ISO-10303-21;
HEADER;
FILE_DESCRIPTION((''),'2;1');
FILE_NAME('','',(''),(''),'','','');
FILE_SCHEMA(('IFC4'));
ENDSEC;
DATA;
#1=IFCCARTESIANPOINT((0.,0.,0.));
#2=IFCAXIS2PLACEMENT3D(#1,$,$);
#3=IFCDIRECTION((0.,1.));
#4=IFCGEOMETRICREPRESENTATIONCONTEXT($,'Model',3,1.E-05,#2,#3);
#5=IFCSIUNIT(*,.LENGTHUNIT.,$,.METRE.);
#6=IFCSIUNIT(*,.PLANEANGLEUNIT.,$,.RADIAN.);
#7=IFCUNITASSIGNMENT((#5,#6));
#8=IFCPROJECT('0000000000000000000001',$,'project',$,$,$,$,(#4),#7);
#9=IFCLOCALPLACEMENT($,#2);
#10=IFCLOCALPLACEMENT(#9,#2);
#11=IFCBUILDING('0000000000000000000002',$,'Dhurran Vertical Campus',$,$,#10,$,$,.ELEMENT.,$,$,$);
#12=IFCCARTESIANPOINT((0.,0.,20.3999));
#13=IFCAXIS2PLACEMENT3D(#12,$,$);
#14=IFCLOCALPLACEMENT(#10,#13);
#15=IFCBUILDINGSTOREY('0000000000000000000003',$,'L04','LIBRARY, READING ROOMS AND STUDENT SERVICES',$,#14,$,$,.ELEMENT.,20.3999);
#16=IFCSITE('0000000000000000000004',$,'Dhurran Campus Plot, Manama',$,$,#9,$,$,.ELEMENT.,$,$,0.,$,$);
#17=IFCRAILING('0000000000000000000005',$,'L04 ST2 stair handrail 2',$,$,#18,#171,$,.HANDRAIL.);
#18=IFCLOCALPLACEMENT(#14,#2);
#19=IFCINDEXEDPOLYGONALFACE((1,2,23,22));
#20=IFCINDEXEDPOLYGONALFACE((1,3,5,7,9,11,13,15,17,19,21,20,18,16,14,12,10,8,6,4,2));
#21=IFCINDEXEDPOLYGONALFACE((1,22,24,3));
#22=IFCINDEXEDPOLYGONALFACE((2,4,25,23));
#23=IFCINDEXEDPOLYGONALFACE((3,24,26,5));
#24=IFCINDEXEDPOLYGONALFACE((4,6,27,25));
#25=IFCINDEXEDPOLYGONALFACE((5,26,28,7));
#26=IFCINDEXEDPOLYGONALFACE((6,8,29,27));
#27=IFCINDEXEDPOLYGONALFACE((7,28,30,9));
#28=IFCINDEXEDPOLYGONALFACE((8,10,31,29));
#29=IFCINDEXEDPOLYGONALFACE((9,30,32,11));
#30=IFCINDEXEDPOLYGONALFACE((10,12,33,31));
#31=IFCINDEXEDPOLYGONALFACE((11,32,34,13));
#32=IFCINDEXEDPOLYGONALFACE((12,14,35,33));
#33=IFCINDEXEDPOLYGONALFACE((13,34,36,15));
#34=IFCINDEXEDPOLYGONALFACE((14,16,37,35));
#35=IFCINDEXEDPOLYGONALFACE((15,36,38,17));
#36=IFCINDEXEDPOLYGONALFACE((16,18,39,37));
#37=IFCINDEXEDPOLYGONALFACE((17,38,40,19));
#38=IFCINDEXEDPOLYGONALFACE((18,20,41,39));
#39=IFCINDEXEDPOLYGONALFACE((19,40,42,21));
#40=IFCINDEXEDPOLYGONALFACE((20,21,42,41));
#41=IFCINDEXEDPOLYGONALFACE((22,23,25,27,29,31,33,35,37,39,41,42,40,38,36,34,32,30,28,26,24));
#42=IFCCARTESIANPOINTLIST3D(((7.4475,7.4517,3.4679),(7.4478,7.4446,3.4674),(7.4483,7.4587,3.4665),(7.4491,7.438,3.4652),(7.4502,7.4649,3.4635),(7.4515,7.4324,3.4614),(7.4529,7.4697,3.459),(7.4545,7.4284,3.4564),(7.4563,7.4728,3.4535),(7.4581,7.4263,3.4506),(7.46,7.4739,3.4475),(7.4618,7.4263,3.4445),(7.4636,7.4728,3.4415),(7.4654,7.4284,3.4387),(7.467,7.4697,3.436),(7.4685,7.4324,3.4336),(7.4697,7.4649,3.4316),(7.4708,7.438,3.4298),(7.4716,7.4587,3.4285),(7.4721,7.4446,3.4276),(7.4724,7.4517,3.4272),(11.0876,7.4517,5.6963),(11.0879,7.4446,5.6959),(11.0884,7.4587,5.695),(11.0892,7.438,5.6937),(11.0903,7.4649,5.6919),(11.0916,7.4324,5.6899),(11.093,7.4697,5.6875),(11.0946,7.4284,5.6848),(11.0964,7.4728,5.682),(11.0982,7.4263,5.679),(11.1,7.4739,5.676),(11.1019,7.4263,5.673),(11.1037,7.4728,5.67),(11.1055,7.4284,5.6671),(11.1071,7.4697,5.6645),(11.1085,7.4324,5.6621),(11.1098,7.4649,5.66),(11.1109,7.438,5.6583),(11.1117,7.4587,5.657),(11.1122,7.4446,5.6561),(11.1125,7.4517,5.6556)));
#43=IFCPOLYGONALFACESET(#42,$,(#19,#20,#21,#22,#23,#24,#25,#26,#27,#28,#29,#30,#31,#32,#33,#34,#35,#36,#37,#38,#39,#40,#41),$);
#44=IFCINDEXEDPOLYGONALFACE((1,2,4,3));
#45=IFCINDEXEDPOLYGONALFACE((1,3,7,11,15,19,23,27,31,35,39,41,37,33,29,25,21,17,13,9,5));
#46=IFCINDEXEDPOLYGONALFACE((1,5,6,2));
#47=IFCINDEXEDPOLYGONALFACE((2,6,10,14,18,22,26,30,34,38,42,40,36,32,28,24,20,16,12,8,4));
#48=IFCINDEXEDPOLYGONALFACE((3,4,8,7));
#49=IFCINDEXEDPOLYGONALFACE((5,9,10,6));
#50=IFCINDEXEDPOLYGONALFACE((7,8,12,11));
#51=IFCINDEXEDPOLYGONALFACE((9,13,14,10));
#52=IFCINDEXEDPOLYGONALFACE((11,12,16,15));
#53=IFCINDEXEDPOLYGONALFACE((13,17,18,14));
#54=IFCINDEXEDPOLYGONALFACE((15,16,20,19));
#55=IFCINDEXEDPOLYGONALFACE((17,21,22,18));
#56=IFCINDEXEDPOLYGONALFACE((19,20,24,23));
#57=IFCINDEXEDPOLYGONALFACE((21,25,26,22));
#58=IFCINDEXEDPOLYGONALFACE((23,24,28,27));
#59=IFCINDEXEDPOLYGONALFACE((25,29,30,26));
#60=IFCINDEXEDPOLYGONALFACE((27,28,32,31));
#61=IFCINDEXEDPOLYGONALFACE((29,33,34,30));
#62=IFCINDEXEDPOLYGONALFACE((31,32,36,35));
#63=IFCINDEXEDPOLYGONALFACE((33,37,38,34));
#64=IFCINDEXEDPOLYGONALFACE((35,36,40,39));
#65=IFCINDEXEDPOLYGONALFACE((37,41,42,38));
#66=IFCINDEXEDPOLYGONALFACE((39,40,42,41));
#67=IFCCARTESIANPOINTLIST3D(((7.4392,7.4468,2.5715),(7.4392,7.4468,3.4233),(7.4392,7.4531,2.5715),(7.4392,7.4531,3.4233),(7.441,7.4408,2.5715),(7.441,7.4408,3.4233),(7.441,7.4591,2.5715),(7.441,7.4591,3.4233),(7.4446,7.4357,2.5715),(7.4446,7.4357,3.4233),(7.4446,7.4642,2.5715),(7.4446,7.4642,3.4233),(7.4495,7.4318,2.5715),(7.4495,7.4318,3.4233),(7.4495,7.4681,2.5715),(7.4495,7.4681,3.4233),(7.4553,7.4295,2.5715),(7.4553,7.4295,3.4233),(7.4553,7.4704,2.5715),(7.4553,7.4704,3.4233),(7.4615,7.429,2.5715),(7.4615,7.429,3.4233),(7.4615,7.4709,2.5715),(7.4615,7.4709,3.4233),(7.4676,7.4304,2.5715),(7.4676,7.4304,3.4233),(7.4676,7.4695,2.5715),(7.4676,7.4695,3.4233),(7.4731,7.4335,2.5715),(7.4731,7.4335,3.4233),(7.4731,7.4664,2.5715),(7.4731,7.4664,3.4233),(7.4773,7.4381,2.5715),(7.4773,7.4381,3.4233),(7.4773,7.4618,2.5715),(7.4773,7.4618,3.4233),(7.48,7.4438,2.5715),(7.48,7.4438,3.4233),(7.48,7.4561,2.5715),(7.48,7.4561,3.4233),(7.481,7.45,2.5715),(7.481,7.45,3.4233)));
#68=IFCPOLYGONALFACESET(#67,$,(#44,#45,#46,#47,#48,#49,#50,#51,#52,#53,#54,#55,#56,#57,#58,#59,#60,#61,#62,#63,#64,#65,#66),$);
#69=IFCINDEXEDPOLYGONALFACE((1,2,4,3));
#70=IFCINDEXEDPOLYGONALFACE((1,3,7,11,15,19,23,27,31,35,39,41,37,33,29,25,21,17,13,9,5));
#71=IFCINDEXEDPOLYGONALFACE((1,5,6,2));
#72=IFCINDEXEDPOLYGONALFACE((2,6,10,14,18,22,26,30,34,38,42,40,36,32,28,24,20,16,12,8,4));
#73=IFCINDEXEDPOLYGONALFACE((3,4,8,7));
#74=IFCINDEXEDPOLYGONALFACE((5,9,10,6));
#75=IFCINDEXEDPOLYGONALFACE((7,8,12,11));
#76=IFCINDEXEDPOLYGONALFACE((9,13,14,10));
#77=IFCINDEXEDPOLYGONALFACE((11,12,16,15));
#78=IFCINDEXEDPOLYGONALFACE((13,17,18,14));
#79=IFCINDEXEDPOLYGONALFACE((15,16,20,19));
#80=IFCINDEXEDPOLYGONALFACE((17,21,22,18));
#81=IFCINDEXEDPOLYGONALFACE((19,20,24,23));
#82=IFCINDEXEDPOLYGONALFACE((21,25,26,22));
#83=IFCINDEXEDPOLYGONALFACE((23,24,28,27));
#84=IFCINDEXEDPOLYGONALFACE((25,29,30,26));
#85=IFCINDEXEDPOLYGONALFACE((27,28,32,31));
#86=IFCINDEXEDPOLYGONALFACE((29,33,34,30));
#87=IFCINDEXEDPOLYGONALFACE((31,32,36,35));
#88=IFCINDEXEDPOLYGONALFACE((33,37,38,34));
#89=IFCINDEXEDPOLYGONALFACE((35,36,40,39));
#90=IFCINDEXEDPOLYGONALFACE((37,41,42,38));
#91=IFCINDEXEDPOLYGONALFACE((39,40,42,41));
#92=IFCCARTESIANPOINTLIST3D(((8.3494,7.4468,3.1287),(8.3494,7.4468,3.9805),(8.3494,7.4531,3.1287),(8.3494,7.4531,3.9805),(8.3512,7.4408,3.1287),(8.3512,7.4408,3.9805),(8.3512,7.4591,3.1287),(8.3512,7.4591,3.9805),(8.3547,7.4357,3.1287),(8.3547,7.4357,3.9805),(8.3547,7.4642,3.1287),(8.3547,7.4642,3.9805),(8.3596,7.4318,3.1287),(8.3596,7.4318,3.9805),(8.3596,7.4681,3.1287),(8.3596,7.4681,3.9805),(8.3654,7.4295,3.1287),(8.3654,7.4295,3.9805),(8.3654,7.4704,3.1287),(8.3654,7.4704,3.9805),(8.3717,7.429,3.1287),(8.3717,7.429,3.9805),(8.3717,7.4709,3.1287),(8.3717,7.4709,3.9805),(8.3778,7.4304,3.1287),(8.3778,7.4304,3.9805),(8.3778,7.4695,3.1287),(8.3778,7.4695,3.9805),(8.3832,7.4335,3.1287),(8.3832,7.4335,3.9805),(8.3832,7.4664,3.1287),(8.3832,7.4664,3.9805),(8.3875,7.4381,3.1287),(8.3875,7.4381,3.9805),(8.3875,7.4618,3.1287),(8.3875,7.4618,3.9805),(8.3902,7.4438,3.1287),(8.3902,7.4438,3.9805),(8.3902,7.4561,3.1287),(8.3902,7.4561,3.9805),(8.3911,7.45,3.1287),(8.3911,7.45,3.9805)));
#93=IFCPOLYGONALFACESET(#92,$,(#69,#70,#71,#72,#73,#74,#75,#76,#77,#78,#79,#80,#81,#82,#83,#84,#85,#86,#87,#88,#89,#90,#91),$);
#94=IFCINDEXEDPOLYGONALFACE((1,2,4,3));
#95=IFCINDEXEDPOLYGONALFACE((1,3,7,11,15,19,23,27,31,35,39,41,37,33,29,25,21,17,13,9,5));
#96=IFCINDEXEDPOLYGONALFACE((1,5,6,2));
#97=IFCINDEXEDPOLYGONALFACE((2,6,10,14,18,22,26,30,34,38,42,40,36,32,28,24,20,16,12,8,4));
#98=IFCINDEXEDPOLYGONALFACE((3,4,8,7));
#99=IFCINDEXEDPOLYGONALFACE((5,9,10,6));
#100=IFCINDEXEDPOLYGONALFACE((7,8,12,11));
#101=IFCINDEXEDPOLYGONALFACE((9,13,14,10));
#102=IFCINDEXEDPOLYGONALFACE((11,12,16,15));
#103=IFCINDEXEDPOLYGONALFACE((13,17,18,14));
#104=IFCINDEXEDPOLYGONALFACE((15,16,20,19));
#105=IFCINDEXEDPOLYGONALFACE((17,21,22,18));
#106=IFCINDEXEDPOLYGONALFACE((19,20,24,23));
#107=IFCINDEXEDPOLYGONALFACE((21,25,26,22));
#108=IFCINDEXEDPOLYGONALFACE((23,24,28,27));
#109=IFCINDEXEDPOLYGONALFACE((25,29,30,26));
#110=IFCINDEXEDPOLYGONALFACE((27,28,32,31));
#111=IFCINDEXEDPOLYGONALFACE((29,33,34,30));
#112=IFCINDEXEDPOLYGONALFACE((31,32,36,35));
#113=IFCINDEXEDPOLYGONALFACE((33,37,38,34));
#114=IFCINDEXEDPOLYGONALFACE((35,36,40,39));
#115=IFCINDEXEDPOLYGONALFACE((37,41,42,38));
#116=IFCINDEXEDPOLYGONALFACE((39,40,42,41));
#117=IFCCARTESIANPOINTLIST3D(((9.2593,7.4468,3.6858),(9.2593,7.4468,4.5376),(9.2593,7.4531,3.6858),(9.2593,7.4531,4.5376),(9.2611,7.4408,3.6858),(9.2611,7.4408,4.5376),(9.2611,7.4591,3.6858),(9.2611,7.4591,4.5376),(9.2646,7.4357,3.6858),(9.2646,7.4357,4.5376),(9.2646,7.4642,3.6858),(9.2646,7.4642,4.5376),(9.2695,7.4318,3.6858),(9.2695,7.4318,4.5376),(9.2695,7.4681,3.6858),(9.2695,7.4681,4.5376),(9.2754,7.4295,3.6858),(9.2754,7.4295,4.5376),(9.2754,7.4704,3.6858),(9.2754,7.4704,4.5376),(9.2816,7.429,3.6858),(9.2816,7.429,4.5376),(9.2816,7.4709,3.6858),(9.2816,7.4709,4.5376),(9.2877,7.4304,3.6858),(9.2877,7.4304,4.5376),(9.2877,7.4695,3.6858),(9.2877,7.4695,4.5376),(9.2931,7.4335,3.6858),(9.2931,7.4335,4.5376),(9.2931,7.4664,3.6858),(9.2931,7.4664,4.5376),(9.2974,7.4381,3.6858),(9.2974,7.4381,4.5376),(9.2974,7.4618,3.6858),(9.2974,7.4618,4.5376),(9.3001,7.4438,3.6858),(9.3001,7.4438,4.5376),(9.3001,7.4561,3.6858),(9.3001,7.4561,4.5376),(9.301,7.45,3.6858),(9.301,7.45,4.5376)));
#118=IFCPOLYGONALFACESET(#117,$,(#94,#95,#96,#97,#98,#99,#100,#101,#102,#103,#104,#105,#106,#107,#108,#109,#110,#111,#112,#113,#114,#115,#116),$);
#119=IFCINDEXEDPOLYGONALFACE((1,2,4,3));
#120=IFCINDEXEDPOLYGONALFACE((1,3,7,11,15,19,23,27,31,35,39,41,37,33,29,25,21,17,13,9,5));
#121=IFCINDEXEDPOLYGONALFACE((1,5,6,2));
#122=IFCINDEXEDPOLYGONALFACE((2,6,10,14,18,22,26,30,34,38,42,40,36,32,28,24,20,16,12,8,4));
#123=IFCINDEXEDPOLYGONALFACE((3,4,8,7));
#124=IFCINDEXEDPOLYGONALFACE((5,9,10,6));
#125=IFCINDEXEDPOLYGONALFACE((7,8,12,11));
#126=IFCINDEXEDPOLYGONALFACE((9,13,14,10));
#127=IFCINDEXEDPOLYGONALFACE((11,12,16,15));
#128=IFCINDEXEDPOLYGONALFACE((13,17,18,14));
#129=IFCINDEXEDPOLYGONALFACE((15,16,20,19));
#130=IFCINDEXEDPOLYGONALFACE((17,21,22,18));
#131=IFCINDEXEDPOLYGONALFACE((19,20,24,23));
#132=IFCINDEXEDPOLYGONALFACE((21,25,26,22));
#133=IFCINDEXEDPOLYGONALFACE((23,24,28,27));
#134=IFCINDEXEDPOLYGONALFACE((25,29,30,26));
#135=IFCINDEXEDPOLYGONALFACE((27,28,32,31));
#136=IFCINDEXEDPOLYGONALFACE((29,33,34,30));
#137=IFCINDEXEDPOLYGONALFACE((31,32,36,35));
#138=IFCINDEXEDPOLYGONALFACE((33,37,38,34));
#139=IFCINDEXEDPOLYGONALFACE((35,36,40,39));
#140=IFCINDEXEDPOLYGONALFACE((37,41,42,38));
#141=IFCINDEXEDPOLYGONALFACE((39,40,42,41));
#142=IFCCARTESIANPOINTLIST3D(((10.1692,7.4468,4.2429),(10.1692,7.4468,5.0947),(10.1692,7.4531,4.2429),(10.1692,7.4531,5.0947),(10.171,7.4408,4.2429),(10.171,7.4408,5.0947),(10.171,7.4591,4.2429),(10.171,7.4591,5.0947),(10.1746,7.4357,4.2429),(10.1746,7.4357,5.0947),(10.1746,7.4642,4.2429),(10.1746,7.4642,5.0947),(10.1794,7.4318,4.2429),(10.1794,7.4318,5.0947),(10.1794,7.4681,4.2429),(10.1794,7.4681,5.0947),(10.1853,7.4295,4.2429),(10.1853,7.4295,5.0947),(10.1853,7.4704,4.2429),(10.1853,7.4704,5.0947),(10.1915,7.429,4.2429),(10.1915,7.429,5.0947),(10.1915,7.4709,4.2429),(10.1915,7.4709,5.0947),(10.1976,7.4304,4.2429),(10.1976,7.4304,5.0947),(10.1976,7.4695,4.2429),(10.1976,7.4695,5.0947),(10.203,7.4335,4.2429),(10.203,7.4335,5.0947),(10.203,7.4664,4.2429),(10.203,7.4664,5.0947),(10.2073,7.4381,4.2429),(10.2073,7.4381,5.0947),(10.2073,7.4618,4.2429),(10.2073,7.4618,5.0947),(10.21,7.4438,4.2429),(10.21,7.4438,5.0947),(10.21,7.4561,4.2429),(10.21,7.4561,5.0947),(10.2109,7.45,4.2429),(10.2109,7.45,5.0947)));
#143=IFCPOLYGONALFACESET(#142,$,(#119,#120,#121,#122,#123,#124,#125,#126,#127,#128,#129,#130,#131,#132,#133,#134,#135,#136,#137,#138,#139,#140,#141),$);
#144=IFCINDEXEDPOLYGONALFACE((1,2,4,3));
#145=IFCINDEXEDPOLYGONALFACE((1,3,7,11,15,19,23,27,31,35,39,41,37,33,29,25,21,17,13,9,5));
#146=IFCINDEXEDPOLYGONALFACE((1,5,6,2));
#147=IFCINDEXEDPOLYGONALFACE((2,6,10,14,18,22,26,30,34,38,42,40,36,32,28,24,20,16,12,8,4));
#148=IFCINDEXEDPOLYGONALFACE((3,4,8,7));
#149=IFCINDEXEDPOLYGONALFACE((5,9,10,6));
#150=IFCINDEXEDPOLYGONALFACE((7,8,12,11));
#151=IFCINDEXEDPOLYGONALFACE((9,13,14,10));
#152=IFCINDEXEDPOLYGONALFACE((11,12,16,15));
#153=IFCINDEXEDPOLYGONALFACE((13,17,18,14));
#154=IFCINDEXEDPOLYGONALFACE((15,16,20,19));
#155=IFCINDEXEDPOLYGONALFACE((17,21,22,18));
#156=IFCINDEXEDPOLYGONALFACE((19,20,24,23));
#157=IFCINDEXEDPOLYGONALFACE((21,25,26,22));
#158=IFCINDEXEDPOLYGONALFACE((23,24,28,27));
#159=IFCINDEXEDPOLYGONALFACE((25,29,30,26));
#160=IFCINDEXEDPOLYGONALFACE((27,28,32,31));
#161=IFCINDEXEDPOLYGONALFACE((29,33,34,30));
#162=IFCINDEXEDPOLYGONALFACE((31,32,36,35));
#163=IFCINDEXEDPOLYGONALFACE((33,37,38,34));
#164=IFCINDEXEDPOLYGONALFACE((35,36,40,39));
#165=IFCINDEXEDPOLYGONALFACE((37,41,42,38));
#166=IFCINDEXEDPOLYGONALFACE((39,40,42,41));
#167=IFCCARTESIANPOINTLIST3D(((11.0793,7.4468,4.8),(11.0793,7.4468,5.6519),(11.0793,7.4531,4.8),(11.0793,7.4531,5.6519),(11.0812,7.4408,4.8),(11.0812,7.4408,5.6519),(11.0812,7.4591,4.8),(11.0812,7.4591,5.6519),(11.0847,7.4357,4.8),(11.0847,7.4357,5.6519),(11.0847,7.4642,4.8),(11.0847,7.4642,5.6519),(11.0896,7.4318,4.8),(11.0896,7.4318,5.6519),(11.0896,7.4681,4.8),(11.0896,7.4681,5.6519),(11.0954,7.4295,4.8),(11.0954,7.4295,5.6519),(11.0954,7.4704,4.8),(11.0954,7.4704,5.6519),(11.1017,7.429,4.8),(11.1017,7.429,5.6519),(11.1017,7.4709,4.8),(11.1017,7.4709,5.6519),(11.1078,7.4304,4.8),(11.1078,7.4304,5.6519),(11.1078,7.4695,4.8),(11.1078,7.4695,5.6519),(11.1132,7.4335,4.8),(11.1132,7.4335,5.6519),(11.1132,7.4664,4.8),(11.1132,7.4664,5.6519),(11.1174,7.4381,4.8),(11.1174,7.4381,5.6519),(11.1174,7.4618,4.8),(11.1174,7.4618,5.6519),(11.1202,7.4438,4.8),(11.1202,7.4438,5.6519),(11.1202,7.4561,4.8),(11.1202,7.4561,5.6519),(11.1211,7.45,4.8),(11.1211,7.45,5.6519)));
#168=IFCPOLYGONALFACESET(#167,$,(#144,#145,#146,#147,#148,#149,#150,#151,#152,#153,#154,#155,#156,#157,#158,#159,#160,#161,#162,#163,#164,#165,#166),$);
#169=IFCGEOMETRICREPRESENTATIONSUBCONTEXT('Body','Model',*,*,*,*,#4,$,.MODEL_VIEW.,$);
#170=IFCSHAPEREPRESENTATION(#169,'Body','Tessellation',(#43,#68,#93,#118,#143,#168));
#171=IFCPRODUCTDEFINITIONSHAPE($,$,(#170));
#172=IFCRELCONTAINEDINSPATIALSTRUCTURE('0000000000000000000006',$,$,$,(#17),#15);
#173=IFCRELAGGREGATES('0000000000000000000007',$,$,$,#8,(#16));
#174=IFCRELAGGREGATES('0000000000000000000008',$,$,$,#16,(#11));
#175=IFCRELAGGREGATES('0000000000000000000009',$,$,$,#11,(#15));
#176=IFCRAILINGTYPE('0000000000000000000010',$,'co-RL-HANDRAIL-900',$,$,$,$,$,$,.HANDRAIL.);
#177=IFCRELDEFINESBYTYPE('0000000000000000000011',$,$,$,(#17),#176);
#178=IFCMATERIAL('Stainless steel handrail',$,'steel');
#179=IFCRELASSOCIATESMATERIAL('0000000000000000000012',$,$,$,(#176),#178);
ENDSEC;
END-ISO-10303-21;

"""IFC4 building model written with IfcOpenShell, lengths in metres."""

from ifc_helpers import new_model, si_unit, direction, frame, origin, origin_2d, place, context, subcontext, project, spatial, circle, extrude, material, type_object, element, save


model = new_model("IFC4")

# Units and contexts
model_context = context("Model", 3, precision=1e-05, world=origin(), true_north=direction((0.0, 1.0)))
body_context = subcontext(model_context, "Body", "Model", "MODEL_VIEW")
ifc_project = project(units=[si_unit("LENGTHUNIT", "METRE"), si_unit("PLANEANGLEUNIT", "RADIAN")], contexts=[model_context])

# Site, building, storey
site_placement = place(None, origin())
site = spatial("IfcSite", under=ifc_project, at=site_placement, Name="Dhurran Campus Plot, Manama", CompositionType="ELEMENT", RefElevation=0.0)
building_placement = place(site_placement, origin())
building = spatial("IfcBuilding", under=site, at=building_placement, Name="Dhurran Vertical Campus", CompositionType="ELEMENT")
storey_placement = place(building_placement, frame((0.0, 0.0, 20.3999)))
storey = spatial("IfcBuildingStorey", under=building, at=storey_placement, Name="L04", Description="LIBRARY, READING ROOMS AND STUDENT SERVICES", CompositionType="ELEMENT", Elevation=20.3999)

# Railing
ifc_material_1 = material(Name="Stainless steel handrail", Category="steel")
railing_type_1 = type_object("IfcRailingType", Name="co-RL-HANDRAIL-900", PredefinedType="HANDRAIL", material=ifc_material_1)
railing_1_placement = place(storey_placement, frame((7.46, 7.45, 2.5715)))
element("IfcRailing", 1, at=railing_1_placement, inside=storey, type_object=railing_type_1, Name="L04 ST2 stair handrail 2", PredefinedType="HANDRAIL", context=body_context, shape_type="SweptSolid", body=[
    extrude(circle(Radius=0.0239, at=origin_2d()), frame((0.0, 0.0, 0.876), z_axis=(0.852866, 0.0, 0.52213), x_axis=(0.0, 1.0, 0.0)), (0.0, 0.0, 1.0), 4.2681),
    extrude(circle(Radius=0.021, at=origin_2d()), origin(), (0.0, 0.0, 1.0), 0.8518),
    extrude(circle(Radius=0.021, at=origin_2d()), frame((0.9102, 0.0, 0.5571)), (0.0, 0.0, 1.0), 0.8518),
    extrude(circle(Radius=0.021, at=origin_2d()), frame((1.8201, 0.0, 1.1143)), (0.0, 0.0, 1.0), 0.8518),
    extrude(circle(Radius=0.021, at=origin_2d()), frame((2.73, 0.0, 1.6714)), (0.0, 0.0, 1.0), 0.8518),
    extrude(circle(Radius=0.021, at=origin_2d()), frame((3.6401, 0.0, 2.2285)), (0.0, 0.0, 1.0), 0.8518),
])

save(model, "model.ifc")
